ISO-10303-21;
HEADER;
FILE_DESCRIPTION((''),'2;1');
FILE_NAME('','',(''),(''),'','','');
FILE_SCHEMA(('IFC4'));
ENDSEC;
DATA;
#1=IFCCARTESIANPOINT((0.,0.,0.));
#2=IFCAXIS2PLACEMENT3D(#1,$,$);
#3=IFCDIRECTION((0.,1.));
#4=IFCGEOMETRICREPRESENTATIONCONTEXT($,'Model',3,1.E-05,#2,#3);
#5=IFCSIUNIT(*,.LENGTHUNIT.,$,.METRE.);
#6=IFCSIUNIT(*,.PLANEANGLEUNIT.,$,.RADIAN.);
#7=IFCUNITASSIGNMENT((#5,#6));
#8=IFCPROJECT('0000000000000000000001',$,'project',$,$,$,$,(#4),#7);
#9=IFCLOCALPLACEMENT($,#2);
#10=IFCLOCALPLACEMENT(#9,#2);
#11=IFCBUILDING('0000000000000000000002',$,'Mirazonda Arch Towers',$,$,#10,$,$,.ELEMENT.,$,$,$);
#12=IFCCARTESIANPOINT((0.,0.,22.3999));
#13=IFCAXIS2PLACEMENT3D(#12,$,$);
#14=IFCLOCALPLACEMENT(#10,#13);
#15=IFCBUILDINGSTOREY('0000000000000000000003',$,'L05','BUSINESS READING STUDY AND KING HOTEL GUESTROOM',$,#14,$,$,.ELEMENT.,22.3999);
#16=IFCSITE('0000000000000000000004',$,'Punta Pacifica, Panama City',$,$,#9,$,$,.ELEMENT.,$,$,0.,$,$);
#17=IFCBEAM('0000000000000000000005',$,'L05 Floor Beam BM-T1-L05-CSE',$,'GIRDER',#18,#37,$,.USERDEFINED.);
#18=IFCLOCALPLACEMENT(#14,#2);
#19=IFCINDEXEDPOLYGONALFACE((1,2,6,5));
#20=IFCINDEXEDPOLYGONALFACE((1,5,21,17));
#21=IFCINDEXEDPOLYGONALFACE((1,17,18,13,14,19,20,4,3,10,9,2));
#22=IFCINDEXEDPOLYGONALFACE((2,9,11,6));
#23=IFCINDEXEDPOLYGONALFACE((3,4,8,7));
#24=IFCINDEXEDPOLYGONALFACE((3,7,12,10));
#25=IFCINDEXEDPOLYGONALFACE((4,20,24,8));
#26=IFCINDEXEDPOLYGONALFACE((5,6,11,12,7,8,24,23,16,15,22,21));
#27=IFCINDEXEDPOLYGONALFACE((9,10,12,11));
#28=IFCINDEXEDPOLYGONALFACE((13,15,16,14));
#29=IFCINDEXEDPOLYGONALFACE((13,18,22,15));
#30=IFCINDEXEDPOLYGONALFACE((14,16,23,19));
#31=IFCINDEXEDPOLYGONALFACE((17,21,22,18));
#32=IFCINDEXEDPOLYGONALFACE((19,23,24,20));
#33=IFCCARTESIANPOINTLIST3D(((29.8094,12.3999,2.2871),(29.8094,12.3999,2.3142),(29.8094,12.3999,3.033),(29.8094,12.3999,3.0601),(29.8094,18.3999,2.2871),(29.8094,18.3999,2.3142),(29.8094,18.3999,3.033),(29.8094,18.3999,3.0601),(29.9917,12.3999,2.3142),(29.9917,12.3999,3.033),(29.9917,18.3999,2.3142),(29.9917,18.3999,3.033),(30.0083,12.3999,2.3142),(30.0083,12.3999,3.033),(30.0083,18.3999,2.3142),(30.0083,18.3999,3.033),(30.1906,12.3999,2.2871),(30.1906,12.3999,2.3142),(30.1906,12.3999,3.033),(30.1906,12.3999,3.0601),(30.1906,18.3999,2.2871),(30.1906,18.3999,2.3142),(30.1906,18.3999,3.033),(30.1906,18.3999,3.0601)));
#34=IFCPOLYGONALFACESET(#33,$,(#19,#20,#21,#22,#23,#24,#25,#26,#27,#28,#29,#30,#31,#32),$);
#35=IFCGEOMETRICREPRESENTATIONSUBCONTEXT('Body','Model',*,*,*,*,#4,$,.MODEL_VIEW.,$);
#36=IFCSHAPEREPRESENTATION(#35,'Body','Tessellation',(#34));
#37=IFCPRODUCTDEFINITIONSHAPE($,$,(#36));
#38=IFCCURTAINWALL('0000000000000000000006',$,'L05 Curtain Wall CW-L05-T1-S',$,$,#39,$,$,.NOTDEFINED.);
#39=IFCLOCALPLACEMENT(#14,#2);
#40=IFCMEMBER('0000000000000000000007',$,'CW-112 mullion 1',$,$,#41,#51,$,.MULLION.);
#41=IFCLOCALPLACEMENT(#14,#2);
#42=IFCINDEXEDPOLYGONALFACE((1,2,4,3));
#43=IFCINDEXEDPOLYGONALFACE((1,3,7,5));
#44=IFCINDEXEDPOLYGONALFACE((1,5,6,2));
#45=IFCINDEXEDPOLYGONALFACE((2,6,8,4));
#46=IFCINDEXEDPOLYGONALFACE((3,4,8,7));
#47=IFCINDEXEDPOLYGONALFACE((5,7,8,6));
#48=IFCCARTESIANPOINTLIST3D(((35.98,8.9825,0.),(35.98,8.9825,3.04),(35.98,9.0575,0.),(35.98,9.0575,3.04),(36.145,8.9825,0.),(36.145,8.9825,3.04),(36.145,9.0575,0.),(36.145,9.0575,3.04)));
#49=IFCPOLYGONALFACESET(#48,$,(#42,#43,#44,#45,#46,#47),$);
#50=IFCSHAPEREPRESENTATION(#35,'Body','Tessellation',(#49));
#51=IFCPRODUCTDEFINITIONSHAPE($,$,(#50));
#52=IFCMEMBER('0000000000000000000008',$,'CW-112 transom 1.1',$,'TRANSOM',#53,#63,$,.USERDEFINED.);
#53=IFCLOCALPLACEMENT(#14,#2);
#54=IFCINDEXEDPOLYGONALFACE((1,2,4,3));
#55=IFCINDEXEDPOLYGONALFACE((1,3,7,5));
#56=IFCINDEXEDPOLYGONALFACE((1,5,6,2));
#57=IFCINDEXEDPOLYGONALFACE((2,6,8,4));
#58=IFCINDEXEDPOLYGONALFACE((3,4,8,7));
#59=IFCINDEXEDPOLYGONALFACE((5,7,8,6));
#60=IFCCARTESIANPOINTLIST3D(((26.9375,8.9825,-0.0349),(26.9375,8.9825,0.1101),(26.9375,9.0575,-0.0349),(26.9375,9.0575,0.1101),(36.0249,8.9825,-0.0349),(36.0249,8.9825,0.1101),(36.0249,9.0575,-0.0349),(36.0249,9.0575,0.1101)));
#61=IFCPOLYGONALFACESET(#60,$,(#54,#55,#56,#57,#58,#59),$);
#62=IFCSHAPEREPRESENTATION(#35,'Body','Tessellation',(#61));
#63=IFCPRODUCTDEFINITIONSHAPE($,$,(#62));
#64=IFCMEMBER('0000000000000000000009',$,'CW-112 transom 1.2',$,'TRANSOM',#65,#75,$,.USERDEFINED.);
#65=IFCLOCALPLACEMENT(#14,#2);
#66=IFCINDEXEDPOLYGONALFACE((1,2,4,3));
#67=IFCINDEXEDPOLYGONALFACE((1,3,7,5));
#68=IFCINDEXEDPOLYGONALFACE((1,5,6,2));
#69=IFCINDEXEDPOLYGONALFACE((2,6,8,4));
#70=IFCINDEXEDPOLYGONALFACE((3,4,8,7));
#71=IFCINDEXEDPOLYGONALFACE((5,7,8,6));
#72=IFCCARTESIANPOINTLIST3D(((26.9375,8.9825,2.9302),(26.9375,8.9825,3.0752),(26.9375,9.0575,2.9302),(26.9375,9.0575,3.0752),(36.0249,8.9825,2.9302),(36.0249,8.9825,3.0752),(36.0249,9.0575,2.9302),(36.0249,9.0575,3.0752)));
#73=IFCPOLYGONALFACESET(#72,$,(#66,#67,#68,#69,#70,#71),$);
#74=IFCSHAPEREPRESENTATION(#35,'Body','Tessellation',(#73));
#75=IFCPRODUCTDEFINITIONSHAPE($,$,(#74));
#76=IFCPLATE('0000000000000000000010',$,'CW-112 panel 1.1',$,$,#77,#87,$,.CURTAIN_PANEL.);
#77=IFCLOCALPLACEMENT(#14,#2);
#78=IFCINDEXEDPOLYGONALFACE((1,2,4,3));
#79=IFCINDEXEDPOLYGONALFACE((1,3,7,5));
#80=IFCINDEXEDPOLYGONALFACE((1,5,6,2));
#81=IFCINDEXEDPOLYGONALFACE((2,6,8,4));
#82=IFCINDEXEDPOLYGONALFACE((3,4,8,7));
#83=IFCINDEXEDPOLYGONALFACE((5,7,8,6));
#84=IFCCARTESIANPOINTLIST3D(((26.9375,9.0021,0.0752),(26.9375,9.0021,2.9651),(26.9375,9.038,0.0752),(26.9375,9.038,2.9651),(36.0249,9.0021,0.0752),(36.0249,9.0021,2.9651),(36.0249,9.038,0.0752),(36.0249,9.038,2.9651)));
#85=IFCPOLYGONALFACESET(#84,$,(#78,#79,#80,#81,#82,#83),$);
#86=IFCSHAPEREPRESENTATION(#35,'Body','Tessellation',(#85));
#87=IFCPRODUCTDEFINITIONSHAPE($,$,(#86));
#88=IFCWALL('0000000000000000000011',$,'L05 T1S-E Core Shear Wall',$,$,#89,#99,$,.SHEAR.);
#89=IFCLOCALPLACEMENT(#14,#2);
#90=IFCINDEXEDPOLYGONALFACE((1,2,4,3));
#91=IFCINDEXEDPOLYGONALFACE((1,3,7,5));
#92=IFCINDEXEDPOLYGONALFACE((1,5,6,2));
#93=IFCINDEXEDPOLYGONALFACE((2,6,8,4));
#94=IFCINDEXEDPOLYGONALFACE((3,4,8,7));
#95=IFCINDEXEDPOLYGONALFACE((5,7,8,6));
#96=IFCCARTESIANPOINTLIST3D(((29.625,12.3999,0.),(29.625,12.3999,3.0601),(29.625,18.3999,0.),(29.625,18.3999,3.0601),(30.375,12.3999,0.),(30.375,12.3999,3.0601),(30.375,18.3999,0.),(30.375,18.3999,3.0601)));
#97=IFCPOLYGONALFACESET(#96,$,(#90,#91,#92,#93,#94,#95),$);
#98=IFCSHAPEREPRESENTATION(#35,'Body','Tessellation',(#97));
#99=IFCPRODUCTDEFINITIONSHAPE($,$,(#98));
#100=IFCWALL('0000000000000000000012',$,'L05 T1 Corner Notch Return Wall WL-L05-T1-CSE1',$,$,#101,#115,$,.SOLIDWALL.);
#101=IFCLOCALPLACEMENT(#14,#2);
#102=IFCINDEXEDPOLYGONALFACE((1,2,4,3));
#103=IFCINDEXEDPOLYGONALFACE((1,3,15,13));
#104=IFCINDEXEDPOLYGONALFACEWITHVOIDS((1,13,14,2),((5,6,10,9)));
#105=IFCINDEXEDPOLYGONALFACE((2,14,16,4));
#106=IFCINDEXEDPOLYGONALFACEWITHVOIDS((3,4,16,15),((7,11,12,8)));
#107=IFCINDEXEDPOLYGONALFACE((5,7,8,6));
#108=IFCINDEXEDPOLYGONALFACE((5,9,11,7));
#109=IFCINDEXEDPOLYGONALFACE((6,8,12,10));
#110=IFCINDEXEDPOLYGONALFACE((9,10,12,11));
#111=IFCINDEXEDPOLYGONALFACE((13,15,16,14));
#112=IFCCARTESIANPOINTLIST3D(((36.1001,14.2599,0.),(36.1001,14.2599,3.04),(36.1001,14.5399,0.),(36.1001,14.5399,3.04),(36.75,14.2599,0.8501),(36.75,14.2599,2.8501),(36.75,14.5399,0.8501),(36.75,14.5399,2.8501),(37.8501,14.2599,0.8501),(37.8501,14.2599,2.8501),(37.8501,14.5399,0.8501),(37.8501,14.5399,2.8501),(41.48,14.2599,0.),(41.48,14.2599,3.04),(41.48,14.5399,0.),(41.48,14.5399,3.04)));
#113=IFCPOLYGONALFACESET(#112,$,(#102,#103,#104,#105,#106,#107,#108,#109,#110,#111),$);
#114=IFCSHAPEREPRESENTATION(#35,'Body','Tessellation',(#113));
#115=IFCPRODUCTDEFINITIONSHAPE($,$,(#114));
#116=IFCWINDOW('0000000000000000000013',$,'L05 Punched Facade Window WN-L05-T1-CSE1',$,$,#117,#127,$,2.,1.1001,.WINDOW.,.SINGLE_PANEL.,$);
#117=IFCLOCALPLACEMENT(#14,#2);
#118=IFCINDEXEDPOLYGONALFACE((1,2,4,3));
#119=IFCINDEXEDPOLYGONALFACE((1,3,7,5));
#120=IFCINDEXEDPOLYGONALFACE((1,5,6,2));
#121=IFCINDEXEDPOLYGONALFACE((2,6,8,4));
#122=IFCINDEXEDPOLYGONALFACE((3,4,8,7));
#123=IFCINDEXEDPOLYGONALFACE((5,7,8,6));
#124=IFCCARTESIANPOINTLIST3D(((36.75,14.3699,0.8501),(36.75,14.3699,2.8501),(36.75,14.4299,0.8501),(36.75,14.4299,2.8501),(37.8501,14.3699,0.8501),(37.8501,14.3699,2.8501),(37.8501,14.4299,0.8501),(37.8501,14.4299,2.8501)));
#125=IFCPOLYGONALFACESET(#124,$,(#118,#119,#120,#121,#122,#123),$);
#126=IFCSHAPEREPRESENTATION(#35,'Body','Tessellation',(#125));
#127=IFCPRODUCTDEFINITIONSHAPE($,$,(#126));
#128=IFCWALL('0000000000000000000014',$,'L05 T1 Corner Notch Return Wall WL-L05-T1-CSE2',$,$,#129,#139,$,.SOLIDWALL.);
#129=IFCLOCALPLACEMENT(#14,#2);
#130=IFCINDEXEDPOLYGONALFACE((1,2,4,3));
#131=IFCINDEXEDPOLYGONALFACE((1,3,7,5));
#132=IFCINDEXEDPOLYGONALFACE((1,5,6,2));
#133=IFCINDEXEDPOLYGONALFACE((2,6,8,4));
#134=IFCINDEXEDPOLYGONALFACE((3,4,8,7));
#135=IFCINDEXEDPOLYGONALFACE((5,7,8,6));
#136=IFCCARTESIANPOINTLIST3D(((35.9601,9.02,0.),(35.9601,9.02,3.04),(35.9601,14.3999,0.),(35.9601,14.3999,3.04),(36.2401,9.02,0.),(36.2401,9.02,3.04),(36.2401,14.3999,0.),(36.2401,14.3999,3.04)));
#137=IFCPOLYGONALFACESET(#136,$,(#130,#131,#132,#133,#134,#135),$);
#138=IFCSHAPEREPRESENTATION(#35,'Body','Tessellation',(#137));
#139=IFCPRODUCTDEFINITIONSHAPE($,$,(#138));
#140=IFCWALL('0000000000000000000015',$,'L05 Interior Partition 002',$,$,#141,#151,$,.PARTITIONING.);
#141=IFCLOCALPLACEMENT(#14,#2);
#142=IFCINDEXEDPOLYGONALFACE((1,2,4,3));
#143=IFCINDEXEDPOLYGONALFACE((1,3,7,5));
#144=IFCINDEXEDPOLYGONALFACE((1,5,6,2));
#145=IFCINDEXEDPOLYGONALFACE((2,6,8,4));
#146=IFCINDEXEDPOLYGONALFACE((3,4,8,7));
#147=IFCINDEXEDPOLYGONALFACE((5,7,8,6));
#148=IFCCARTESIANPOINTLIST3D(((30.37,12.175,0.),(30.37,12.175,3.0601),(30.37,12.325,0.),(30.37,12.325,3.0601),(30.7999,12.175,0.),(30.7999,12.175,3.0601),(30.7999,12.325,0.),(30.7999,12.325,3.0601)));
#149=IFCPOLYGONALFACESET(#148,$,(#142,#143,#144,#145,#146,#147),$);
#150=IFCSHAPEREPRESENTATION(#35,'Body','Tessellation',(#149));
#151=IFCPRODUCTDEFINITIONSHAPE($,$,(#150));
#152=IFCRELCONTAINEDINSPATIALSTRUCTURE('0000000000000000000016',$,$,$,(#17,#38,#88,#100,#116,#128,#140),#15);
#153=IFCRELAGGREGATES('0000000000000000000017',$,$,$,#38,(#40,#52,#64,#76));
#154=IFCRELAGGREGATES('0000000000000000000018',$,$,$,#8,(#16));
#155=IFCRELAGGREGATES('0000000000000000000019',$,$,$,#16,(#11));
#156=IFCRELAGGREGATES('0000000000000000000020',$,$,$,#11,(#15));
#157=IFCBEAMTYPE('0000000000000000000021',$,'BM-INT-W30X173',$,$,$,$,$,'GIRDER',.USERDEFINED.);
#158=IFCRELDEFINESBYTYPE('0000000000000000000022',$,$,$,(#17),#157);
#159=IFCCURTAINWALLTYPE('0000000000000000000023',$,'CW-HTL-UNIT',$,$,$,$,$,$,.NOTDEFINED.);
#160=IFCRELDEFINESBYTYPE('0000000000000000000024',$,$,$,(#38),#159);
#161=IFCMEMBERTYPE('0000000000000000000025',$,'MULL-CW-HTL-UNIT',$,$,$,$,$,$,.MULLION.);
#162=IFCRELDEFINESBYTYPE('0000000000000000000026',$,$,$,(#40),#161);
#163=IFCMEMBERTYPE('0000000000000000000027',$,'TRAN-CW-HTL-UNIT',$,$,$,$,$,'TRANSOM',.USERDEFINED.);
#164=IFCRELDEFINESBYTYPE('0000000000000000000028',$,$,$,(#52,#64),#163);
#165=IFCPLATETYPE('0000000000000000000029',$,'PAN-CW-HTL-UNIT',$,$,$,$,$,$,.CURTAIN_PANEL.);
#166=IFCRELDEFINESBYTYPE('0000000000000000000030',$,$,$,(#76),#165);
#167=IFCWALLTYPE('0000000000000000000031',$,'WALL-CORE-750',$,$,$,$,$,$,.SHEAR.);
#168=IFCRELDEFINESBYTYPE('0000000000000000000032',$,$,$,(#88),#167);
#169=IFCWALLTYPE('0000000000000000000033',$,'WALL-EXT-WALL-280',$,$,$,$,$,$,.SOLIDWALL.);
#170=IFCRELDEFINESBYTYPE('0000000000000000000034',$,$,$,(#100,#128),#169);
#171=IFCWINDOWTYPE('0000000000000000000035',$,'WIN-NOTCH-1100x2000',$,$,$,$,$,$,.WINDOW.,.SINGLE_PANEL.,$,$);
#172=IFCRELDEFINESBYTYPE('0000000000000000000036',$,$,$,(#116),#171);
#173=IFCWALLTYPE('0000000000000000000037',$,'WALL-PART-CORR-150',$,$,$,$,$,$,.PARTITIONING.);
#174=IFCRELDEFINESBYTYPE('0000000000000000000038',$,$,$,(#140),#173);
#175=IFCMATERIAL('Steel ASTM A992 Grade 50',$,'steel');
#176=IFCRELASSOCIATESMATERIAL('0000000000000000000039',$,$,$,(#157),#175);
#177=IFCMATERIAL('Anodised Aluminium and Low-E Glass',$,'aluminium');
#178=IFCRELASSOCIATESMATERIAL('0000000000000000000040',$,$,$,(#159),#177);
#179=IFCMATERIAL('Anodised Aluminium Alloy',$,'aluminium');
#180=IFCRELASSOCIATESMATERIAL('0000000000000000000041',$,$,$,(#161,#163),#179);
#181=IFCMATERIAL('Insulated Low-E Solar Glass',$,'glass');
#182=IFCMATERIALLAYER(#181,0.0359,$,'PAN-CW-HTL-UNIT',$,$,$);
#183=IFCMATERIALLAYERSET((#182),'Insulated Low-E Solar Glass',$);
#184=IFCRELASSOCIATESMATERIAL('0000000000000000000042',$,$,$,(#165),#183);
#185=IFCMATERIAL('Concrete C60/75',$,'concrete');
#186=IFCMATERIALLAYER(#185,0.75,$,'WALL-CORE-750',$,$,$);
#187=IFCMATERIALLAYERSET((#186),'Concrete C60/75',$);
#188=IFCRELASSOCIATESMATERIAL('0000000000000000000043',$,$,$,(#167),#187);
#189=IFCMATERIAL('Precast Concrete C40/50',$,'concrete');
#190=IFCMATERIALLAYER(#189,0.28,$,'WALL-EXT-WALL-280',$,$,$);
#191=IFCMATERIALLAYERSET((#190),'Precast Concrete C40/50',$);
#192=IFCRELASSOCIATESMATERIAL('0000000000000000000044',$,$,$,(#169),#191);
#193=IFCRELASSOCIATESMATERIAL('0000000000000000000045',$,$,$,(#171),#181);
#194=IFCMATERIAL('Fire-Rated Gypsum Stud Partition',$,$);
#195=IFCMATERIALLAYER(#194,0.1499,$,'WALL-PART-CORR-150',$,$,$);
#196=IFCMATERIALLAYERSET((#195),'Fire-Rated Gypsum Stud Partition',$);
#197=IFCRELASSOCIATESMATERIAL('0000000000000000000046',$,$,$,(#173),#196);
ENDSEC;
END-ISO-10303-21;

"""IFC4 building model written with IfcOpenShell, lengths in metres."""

from ifc_helpers import new_model, si_unit, direction, frame, frame_2d, origin, origin_2d, place, context, subcontext, project, spatial, rectangle, i_section, extrude, material, layer, layer_set, material_profile, profile_set, type_object, element, fill, aggregate, save


model = new_model("IFC4")

# Units and contexts
model_context = context("Model", 3, precision=1e-05, world=origin(), true_north=direction((0.0, 1.0)))
body_context = subcontext(model_context, "Body", "Model", "MODEL_VIEW")
ifc_project = project(units=[si_unit("LENGTHUNIT", "METRE"), si_unit("PLANEANGLEUNIT", "RADIAN")], contexts=[model_context])

# Site, building, storey
site_placement = place(None, origin())
site = spatial("IfcSite", under=ifc_project, at=site_placement, Name="Punta Pacifica, Panama City", CompositionType="ELEMENT", RefElevation=0.0)
building_placement = place(site_placement, origin())
building = spatial("IfcBuilding", under=site, at=building_placement, Name="Mirazonda Arch Towers", CompositionType="ELEMENT")
storey_placement = place(building_placement, frame((0.0, 0.0, 22.3999)))
storey = spatial("IfcBuildingStorey", under=building, at=storey_placement, Name="L05", Description="BUSINESS READING STUDY AND KING HOTEL GUESTROOM", CompositionType="ELEMENT", Elevation=22.3999)

# Beam
ifc_material_1 = material(Name="Steel ASTM A992 Grade 50", Category="steel")
ifc_material_profile_1 = material_profile(ifc_material_1, i_section(OverallWidth=0.3811, OverallDepth=0.7729, WebThickness=0.0166, FlangeThickness=0.0271, at=origin_2d()), Name="W30X173")
ifc_profile_set_1 = profile_set([ifc_material_profile_1], Name="Steel ASTM A992 Grade 50")
beam_type = type_object("IfcBeamType", Name="BM-INT-W30X173", ElementType="GIRDER", PredefinedType="USERDEFINED", material=ifc_profile_set_1)
beam_placement = place(storey_placement, frame((30.0, 12.3999, 2.6736), z_axis=(0.0, 1.0, 0.0), x_axis=(-1.0, 0.0, 0.0)))
element("IfcBeam", 1, at=beam_placement, inside=storey, type_object=beam_type, Name="L05 Floor Beam BM-T1-L05-CSE", ObjectType="GIRDER", PredefinedType="USERDEFINED", context=body_context, shape_type="SweptSolid", body=[
    extrude(i_section(OverallWidth=0.3811, OverallDepth=0.7729, WebThickness=0.0166, FlangeThickness=0.0271, at=origin_2d()), origin(), (0.0, 0.0, 1.0), 6.0),
])

# Curtain wall, members, plate
ifc_material_2 = material(Name="Anodised Aluminium and Low-E Glass", Category="aluminium")
curtain_wall_type = type_object("IfcCurtainWallType", Name="CW-HTL-UNIT", PredefinedType="NOTDEFINED", material=ifc_material_2)
curtain_wall_placement = place(storey_placement, origin())
curtain_wall = element("IfcCurtainWall", 2, at=curtain_wall_placement, inside=storey, type_object=curtain_wall_type, Name="L05 Curtain Wall CW-L05-T1-S", PredefinedType="NOTDEFINED")
ifc_material_3 = material(Name="Anodised Aluminium Alloy", Category="aluminium")
ifc_material_profile_2 = material_profile(ifc_material_3, rectangle(XDim=0.075, YDim=0.165, at=origin_2d()), Name="ALU-MULL-75x165")
ifc_profile_set_2 = profile_set([ifc_material_profile_2], Name="Anodised Aluminium Alloy")
member_type_1 = type_object("IfcMemberType", Name="MULL-CW-HTL-UNIT", PredefinedType="MULLION", material=ifc_profile_set_2)
member_1_placement = place(storey_placement, frame((36.0625, 9.02, 0.0), z_axis=(0.0, 0.0, 1.0), x_axis=(0.0, -1.0, 0.0)))
member_1 = element("IfcMember", 3, at=member_1_placement, type_object=member_type_1, Name="CW-112 mullion 1", PredefinedType="MULLION", context=body_context, shape_type="SweptSolid", body=[
    extrude(rectangle(XDim=0.075, YDim=0.165, at=origin_2d()), origin(), (0.0, 0.0, 1.0), 3.04),
])
ifc_material_profile_3 = material_profile(ifc_material_3, rectangle(XDim=0.075, YDim=0.145, at=origin_2d()), Name="ALU-TRAN-75x145")
ifc_profile_set_3 = profile_set([ifc_material_profile_3], Name="Anodised Aluminium Alloy")
member_type_2 = type_object("IfcMemberType", Name="TRAN-CW-HTL-UNIT", ElementType="TRANSOM", PredefinedType="USERDEFINED", material=ifc_profile_set_3)
member_2_placement = place(storey_placement, frame((36.0249, 9.02, 0.0376), z_axis=(-1.0, 0.0, 0.0), x_axis=(0.0, -1.0, 0.0)))
member_2 = element("IfcMember", 4, at=member_2_placement, type_object=member_type_2, Name="CW-112 transom 1.1", ObjectType="TRANSOM", PredefinedType="USERDEFINED", context=body_context, shape_type="SweptSolid", body=[
    extrude(rectangle(XDim=0.075, YDim=0.145, at=origin_2d()), origin(), (0.0, 0.0, 1.0), 9.0874),
])
member_3_placement = place(storey_placement, frame((36.0249, 9.02, 3.0027), z_axis=(-1.0, 0.0, 0.0), x_axis=(0.0, -1.0, 0.0)))
member_3 = element("IfcMember", 5, at=member_3_placement, type_object=member_type_2, Name="CW-112 transom 1.2", ObjectType="TRANSOM", PredefinedType="USERDEFINED", context=body_context, shape_type="SweptSolid", body=[
    extrude(rectangle(XDim=0.075, YDim=0.145, at=origin_2d()), origin(), (0.0, 0.0, 1.0), 9.0874),
])
ifc_material_4 = material(Name="Insulated Low-E Solar Glass", Category="glass")
ifc_layer_1 = layer(ifc_material_4, 0.0359, Name="PAN-CW-HTL-UNIT")
ifc_layer_set_1 = layer_set([ifc_layer_1], Name="Insulated Low-E Solar Glass")
plate_type = type_object("IfcPlateType", Name="PAN-CW-HTL-UNIT", PredefinedType="CURTAIN_PANEL", material=ifc_layer_set_1)
plate_placement = place(storey_placement, frame((31.4812, 9.02, 0.0752), z_axis=(0.0, 0.0, 1.0), x_axis=(-1.0, 0.0, 0.0)))
plate = element("IfcPlate", 6, at=plate_placement, type_object=plate_type, Name="CW-112 panel 1.1", PredefinedType="CURTAIN_PANEL", context=body_context, shape_type="SweptSolid", body=[
    extrude(rectangle(XDim=9.0874, YDim=0.0359, at=origin_2d()), origin(), (0.0, 0.0, 1.0), 2.8899),
])
aggregate(curtain_wall, [member_1, member_2, member_3, plate])

# Wall
ifc_material_5 = material(Name="Concrete C60/75", Category="concrete")
ifc_layer_2 = layer(ifc_material_5, 0.75, Name="WALL-CORE-750")
ifc_layer_set_2 = layer_set([ifc_layer_2], Name="Concrete C60/75")
wall_type_1 = type_object("IfcWallType", Name="WALL-CORE-750", PredefinedType="SHEAR", material=ifc_layer_set_2)
wall_1_placement = place(storey_placement, frame((30.0, 12.3999, 0.0), z_axis=(0.0, 0.0, 1.0), x_axis=(0.0, 1.0, 0.0)))
element("IfcWall", 7, at=wall_1_placement, inside=storey, type_object=wall_type_1, Name="L05 T1S-E Core Shear Wall", PredefinedType="SHEAR", context=body_context, shape_type="SweptSolid", body=[
    extrude(rectangle(XDim=6.0, YDim=0.75, at=frame_2d((3.0, 0.0))), origin(), (0.0, 0.0, 1.0), 3.0601),
])

# Wall, opening, window
ifc_material_6 = material(Name="Precast Concrete C40/50", Category="concrete")
ifc_layer_3 = layer(ifc_material_6, 0.28, Name="WALL-EXT-WALL-280")
ifc_layer_set_3 = layer_set([ifc_layer_3], Name="Precast Concrete C40/50")
wall_type_2 = type_object("IfcWallType", Name="WALL-EXT-WALL-280", PredefinedType="SOLIDWALL", material=ifc_layer_set_3)
wall_2_placement = place(storey_placement, frame((36.1001, 14.3999, 0.0), z_axis=(0.0, 0.0, 1.0), x_axis=(1.0, 0.0, 0.0)))
wall_2 = element("IfcWall", 8, at=wall_2_placement, inside=storey, type_object=wall_type_2, Name="L05 T1 Corner Notch Return Wall WL-L05-T1-CSE1", PredefinedType="SOLIDWALL", context=body_context, shape_type="SweptSolid", body=[
    extrude(rectangle(XDim=5.3799, YDim=0.28, at=frame_2d((2.6899, 0.0))), origin(), (0.0, 0.0, 1.0), 3.04),
])
opening_1_placement = place(wall_2_placement, frame((0.6499, 0.0, 0.8501)))
opening_1 = element("IfcOpeningElement", 9, at=opening_1_placement, cuts=wall_2, PredefinedType="OPENING", context=body_context, shape_type="SweptSolid", body=[
    extrude(rectangle(XDim=1.1001, YDim=2.0, at=frame_2d((0.55, 1.0))), frame((0.0, 0.1499, 0.0), z_axis=(0.0, -1.0, 0.0), x_axis=(1.0, 0.0, 0.0)), (0.0, 0.0, 1.0), 0.3),
])
window_type = type_object("IfcWindowType", Name="WIN-NOTCH-1100x2000", PartitioningType="SINGLE_PANEL", PredefinedType="WINDOW", material=ifc_material_4)
window_placement = place(opening_1_placement, origin())
window = element("IfcWindow", 10, at=window_placement, inside=storey, type_object=window_type, Name="L05 Punched Facade Window WN-L05-T1-CSE1", OverallHeight=2.0, OverallWidth=1.1001, PartitioningType="SINGLE_PANEL", PredefinedType="WINDOW", context=body_context, shape_type="SweptSolid", body=[
    extrude(rectangle(XDim=1.1001, YDim=2.0, at=frame_2d((0.55, 1.0))), frame((0.0, 0.03, 0.0), z_axis=(0.0, -1.0, 0.0), x_axis=(1.0, 0.0, 0.0)), (0.0, 0.0, 1.0), 0.0601),
])
fill(opening_1, window)

# Walls
wall_3_placement = place(storey_placement, frame((36.1001, 9.02, 0.0), z_axis=(0.0, 0.0, 1.0), x_axis=(0.0, 1.0, 0.0)))
element("IfcWall", 11, at=wall_3_placement, inside=storey, type_object=wall_type_2, Name="L05 T1 Corner Notch Return Wall WL-L05-T1-CSE2", PredefinedType="SOLIDWALL", context=body_context, shape_type="SweptSolid", body=[
    extrude(rectangle(XDim=5.3799, YDim=0.28, at=frame_2d((2.6899, 0.0))), origin(), (0.0, 0.0, 1.0), 3.04),
])
ifc_material_7 = material(Name="Fire-Rated Gypsum Stud Partition")
ifc_layer_4 = layer(ifc_material_7, 0.1499, Name="WALL-PART-CORR-150")
ifc_layer_set_4 = layer_set([ifc_layer_4], Name="Fire-Rated Gypsum Stud Partition")
wall_type_3 = type_object("IfcWallType", Name="WALL-PART-CORR-150", PredefinedType="PARTITIONING", material=ifc_layer_set_4)
wall_4_placement = place(storey_placement, frame((30.3701, 12.25, 0.0), z_axis=(0.0, 0.0, 1.0), x_axis=(1.0, 0.0, 0.0)))
element("IfcWall", 12, at=wall_4_placement, inside=storey, type_object=wall_type_3, Name="L05 Interior Partition 002", PredefinedType="PARTITIONING", context=body_context, shape_type="SweptSolid", body=[
    extrude(rectangle(XDim=0.4299, YDim=0.1499, at=frame_2d((0.2148, 0.0))), origin(), (0.0, 0.0, 1.0), 3.0601),
])

save(model, "model.ifc")
